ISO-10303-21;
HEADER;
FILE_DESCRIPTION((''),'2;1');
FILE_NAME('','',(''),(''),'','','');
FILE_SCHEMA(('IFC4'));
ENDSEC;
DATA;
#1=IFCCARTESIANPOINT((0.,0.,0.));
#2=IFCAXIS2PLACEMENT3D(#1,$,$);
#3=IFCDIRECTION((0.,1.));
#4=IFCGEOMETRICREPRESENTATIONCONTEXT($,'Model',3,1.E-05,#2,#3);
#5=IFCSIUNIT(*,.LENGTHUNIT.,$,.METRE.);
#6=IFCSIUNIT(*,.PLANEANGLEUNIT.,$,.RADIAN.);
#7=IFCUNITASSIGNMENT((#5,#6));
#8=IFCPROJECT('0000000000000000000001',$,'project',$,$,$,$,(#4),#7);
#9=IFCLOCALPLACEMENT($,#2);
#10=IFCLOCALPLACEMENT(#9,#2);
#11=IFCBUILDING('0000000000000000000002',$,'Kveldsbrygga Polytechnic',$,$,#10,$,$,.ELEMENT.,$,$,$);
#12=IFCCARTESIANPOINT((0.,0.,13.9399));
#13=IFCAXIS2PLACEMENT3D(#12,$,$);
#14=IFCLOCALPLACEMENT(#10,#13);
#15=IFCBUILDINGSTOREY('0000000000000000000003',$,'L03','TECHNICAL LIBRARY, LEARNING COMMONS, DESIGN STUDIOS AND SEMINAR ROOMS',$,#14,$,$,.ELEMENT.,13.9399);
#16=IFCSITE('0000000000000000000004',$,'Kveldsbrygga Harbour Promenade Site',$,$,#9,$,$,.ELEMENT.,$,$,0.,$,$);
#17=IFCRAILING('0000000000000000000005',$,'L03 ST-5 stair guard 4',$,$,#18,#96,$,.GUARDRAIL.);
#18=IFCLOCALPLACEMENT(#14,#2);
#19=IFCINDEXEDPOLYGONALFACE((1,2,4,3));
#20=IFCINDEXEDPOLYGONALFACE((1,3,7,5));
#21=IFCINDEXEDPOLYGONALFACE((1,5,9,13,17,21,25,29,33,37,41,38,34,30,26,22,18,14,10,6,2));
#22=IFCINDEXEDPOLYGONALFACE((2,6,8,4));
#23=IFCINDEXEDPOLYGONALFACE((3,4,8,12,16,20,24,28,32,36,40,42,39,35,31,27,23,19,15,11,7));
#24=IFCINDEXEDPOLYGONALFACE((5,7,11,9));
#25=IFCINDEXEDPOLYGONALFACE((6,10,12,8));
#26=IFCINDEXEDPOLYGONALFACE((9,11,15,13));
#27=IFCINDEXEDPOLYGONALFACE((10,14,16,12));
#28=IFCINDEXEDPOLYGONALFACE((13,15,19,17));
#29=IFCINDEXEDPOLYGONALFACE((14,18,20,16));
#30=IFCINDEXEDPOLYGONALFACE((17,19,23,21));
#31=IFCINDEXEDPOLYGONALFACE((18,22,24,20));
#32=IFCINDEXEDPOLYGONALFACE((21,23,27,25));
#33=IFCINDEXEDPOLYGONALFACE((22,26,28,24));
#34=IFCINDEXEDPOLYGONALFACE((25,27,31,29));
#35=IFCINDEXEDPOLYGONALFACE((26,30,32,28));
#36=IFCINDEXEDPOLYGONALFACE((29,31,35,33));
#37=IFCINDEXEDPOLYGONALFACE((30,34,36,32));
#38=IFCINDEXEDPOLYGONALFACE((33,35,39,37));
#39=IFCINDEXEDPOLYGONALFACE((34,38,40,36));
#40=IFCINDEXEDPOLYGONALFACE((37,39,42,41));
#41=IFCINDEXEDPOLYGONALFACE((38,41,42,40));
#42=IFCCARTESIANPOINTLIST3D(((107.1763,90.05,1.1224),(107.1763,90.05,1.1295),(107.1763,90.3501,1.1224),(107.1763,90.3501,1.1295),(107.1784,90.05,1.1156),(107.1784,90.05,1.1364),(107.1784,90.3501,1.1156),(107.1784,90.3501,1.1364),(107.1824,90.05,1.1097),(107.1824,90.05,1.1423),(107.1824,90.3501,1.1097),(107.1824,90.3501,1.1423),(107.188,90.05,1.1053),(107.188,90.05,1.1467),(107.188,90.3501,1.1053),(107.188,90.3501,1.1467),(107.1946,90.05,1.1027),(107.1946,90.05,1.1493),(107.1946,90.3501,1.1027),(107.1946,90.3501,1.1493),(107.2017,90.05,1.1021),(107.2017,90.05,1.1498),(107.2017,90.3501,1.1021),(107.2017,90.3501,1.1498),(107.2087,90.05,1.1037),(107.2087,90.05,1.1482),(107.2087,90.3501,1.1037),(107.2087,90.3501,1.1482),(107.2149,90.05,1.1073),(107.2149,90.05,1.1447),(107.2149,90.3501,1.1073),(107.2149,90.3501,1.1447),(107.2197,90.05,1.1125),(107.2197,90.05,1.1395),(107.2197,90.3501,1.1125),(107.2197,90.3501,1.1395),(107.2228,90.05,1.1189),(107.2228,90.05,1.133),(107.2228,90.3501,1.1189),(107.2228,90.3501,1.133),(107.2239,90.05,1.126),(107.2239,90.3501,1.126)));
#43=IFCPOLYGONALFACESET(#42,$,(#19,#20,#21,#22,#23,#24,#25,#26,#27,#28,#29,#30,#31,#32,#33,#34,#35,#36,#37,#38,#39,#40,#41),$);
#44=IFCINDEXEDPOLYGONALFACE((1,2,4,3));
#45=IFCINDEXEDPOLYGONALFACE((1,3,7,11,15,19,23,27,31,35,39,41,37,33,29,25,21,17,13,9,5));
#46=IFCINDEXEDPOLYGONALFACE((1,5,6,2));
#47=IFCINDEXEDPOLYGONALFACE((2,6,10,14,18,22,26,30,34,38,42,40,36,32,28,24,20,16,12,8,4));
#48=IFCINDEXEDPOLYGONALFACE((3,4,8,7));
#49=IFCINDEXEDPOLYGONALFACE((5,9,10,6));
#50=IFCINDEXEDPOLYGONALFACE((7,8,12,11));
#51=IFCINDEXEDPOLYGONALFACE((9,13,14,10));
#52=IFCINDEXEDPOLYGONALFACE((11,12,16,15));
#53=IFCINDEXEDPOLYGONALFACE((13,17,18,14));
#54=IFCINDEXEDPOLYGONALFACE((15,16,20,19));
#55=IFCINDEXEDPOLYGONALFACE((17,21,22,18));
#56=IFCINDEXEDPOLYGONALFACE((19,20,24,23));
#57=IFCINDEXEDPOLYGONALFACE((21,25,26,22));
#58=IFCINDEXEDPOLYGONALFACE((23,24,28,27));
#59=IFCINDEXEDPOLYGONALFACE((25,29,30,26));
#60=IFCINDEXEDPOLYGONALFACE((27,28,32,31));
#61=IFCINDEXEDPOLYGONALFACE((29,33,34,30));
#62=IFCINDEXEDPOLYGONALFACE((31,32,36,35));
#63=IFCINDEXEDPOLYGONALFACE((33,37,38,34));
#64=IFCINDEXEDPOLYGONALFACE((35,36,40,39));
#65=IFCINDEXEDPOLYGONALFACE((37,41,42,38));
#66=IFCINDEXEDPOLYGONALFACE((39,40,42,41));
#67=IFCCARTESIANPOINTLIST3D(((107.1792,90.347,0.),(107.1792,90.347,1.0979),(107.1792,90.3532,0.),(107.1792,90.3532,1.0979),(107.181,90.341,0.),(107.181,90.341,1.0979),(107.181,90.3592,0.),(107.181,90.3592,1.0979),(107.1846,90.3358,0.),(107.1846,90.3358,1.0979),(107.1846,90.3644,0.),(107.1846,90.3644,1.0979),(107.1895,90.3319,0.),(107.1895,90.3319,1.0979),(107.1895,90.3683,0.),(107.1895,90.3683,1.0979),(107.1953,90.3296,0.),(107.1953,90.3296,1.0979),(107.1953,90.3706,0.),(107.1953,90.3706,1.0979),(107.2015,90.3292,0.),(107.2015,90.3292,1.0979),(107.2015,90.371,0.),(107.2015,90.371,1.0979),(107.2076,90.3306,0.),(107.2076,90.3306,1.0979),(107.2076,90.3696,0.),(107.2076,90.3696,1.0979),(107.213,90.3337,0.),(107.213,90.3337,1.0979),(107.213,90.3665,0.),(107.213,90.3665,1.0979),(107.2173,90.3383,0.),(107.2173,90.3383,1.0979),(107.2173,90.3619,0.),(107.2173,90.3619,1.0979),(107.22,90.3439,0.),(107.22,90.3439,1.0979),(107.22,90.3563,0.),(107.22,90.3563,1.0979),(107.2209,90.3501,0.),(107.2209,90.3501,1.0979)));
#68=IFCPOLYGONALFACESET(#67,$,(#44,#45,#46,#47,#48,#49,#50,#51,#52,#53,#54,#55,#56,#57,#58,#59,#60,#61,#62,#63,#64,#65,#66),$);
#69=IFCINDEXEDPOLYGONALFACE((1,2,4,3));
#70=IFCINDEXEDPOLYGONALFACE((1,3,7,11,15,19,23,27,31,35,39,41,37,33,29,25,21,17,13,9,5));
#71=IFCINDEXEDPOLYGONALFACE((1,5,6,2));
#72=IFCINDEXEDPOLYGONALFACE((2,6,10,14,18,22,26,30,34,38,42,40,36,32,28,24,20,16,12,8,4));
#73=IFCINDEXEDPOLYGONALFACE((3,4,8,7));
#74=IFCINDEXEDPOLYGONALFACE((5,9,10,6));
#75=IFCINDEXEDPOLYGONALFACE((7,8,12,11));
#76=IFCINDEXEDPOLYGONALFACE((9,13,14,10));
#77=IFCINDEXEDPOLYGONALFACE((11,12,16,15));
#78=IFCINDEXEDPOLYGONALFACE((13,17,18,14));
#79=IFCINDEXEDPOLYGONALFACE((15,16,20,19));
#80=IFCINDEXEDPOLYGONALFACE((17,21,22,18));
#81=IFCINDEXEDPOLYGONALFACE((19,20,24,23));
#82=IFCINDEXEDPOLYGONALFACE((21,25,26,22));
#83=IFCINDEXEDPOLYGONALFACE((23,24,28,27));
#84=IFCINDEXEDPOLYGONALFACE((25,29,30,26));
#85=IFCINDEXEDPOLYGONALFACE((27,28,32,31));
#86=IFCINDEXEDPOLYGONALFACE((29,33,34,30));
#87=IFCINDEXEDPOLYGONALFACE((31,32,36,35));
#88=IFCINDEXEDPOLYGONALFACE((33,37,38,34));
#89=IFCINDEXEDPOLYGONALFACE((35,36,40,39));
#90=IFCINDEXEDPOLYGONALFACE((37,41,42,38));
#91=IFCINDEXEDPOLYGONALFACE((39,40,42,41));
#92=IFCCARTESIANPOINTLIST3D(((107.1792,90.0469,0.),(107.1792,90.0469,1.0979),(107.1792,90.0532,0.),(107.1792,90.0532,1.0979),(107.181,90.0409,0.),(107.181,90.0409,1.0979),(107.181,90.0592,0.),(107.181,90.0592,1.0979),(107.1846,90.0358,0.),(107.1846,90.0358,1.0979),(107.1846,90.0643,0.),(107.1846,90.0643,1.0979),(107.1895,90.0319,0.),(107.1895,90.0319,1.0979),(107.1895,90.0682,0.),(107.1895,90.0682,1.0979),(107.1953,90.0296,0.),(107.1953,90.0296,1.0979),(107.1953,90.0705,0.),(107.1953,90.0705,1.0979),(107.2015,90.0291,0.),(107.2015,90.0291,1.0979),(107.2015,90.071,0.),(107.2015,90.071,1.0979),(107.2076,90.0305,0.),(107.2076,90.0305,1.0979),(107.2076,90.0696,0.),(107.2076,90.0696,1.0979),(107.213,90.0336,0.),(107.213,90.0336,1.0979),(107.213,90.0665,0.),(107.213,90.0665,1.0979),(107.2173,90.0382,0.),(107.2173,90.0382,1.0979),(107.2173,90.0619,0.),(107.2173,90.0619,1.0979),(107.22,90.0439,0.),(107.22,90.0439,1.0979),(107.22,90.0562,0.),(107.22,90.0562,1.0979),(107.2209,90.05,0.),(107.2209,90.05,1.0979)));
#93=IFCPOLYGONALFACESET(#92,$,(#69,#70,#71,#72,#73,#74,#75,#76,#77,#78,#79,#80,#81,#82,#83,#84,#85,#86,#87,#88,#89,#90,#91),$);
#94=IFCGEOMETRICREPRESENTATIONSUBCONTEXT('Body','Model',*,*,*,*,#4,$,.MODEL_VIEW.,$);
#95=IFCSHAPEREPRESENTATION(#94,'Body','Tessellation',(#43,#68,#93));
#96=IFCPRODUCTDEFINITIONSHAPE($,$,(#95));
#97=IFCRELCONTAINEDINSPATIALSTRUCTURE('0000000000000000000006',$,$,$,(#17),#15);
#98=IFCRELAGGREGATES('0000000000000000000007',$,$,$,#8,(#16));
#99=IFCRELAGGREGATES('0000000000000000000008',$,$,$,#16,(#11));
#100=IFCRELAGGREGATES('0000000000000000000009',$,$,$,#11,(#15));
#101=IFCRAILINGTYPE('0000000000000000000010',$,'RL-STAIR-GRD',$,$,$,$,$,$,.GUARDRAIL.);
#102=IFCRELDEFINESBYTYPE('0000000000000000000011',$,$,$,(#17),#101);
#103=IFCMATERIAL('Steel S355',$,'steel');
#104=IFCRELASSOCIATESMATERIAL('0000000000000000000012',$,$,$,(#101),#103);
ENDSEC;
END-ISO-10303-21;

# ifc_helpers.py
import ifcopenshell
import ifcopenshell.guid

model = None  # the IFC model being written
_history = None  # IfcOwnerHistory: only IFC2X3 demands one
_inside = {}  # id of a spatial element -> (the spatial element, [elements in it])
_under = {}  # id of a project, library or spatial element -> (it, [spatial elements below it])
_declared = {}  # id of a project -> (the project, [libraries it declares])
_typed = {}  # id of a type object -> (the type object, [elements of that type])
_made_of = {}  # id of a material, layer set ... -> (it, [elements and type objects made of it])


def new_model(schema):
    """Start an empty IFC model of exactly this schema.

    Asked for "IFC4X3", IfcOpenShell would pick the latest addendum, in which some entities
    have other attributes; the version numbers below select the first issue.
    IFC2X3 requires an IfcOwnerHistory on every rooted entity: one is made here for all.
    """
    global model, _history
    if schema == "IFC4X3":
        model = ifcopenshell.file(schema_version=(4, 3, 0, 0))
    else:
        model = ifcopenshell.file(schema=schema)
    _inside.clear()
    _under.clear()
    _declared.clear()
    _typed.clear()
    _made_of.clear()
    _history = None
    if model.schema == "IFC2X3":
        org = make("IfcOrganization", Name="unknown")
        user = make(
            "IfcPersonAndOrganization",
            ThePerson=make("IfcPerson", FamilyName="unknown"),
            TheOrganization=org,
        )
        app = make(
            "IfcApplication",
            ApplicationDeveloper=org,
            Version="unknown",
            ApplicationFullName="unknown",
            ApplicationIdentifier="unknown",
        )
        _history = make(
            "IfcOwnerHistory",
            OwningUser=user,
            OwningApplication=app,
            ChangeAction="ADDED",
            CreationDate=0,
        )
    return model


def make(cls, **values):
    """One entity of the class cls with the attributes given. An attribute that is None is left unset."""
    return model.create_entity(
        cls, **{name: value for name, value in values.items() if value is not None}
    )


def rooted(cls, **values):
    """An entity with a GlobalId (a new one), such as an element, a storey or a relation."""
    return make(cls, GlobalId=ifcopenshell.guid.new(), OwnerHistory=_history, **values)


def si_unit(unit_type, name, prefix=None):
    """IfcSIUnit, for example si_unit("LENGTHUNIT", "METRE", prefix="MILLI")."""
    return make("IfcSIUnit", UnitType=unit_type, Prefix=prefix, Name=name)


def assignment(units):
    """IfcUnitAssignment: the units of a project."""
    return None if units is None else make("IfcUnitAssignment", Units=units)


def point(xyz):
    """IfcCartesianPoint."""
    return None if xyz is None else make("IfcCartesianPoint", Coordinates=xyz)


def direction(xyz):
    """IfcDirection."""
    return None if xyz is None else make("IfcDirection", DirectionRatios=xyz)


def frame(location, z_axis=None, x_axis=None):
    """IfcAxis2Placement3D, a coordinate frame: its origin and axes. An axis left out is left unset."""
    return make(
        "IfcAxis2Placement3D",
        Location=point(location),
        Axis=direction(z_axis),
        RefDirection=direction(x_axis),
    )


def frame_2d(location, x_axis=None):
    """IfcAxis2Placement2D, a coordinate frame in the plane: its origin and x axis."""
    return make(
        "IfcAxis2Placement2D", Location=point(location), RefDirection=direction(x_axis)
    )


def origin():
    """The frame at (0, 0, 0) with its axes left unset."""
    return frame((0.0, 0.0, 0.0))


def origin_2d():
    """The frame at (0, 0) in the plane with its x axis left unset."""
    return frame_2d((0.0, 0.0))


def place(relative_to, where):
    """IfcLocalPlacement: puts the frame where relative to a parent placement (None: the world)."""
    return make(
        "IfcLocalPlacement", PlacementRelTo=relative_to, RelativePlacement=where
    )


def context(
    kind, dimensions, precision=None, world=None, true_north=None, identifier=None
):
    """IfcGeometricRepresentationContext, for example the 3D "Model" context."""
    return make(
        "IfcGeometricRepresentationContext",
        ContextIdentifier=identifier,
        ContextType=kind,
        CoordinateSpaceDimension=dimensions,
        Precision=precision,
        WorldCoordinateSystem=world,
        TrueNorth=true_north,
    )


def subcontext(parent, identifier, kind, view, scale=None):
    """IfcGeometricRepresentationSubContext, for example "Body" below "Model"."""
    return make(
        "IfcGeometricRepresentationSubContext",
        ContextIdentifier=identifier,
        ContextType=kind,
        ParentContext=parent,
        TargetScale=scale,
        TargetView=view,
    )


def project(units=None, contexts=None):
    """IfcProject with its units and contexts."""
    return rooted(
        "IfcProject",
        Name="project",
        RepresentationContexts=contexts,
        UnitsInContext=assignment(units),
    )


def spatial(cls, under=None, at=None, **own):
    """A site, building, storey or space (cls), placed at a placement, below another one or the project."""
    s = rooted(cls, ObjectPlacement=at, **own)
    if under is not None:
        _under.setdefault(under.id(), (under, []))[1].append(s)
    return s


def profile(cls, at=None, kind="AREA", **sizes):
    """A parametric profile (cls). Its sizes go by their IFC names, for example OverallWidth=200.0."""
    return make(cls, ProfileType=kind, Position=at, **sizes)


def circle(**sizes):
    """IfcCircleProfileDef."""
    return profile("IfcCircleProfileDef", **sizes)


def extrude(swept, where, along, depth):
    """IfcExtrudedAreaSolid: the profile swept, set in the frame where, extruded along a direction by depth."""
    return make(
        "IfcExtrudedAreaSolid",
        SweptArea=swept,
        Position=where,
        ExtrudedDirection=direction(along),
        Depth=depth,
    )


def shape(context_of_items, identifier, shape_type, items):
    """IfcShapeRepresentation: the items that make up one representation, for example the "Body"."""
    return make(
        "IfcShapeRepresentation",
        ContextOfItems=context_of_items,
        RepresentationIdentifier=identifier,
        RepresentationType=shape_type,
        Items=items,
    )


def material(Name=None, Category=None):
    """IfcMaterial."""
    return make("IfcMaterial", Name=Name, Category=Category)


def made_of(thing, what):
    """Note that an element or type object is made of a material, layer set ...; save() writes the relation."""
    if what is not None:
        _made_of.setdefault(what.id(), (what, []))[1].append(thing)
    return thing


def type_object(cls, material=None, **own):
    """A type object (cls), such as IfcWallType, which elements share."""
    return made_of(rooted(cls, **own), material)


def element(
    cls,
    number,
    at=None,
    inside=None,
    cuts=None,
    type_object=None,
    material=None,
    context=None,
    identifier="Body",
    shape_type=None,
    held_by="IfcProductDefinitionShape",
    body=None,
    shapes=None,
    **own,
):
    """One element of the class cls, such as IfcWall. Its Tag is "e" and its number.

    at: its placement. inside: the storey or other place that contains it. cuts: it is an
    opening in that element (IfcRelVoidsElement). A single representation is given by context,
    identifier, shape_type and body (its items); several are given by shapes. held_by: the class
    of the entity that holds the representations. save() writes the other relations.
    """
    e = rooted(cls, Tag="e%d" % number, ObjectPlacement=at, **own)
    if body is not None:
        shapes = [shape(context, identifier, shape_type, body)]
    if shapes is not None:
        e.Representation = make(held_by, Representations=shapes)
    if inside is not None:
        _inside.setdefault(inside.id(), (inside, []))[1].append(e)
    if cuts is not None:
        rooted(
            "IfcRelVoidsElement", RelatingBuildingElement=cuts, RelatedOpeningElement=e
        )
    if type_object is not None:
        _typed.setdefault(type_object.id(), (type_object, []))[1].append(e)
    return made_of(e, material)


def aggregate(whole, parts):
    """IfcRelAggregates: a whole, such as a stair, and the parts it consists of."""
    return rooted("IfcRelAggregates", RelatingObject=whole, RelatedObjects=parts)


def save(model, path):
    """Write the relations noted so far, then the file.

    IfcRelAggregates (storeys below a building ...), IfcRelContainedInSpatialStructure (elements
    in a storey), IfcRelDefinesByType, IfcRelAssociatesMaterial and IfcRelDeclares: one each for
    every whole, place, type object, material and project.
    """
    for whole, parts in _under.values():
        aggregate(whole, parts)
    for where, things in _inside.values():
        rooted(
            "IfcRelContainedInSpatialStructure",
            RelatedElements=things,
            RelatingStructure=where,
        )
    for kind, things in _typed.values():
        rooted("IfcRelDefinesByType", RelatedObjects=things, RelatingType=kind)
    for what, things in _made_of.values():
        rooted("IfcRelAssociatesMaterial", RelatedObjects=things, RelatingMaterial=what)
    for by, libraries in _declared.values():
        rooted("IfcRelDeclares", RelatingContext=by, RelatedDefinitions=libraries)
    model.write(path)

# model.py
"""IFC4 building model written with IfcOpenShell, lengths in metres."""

from ifc_helpers import new_model, si_unit, direction, frame, origin, origin_2d, place, context, subcontext, project, spatial, circle, extrude, material, type_object, element, save


model = new_model("IFC4")

# Units and contexts
model_context = context("Model", 3, precision=1e-05, world=origin(), true_north=direction((0.0, 1.0)))
body_context = subcontext(model_context, "Body", "Model", "MODEL_VIEW")
ifc_project = project(units=[si_unit("LENGTHUNIT", "METRE"), si_unit("PLANEANGLEUNIT", "RADIAN")], contexts=[model_context])

# Site, building, storey
site_placement = place(None, origin())
site = spatial("IfcSite", under=ifc_project, at=site_placement, Name="Kveldsbrygga Harbour Promenade Site", CompositionType="ELEMENT", RefElevation=0.0)
building_placement = place(site_placement, origin())
building = spatial("IfcBuilding", under=site, at=building_placement, Name="Kveldsbrygga Polytechnic", CompositionType="ELEMENT")
storey_placement = place(building_placement, frame((0.0, 0.0, 13.9399)))
storey = spatial("IfcBuildingStorey", under=building, at=storey_placement, Name="L03", Description="TECHNICAL LIBRARY, LEARNING COMMONS, DESIGN STUDIOS AND SEMINAR ROOMS", CompositionType="ELEMENT", Elevation=13.9399)

# Shared definitions
ifc_material_1 = material(Name="Steel S355", Category="steel")

# Railing
railing_type_1 = type_object("IfcRailingType", Name="RL-STAIR-GRD", PredefinedType="GUARDRAIL", material=ifc_material_1)
railing_1_placement = place(storey_placement, frame((107.2, 90.3501, 0.0)))
element("IfcRailing", 1, at=railing_1_placement, inside=storey, type_object=railing_type_1, Name="L03 ST-5 stair guard 4", PredefinedType="GUARDRAIL", context=body_context, shape_type="SweptSolid", body=[
    extrude(circle(Radius=0.0239, at=origin_2d()), frame((0.0, 0.0, 1.126), z_axis=(0.0, -1.0, 0.0), x_axis=(1.0, 0.0, 0.0)), (0.0, 0.0, 1.0), 0.3),
    extrude(circle(Radius=0.021, at=origin_2d()), origin(), (0.0, 0.0, 1.0), 1.0979),
    extrude(circle(Radius=0.021, at=origin_2d()), frame((0.0, -0.3, 0.0)), (0.0, 0.0, 1.0), 1.0979),
])

save(model, "model.ifc")
